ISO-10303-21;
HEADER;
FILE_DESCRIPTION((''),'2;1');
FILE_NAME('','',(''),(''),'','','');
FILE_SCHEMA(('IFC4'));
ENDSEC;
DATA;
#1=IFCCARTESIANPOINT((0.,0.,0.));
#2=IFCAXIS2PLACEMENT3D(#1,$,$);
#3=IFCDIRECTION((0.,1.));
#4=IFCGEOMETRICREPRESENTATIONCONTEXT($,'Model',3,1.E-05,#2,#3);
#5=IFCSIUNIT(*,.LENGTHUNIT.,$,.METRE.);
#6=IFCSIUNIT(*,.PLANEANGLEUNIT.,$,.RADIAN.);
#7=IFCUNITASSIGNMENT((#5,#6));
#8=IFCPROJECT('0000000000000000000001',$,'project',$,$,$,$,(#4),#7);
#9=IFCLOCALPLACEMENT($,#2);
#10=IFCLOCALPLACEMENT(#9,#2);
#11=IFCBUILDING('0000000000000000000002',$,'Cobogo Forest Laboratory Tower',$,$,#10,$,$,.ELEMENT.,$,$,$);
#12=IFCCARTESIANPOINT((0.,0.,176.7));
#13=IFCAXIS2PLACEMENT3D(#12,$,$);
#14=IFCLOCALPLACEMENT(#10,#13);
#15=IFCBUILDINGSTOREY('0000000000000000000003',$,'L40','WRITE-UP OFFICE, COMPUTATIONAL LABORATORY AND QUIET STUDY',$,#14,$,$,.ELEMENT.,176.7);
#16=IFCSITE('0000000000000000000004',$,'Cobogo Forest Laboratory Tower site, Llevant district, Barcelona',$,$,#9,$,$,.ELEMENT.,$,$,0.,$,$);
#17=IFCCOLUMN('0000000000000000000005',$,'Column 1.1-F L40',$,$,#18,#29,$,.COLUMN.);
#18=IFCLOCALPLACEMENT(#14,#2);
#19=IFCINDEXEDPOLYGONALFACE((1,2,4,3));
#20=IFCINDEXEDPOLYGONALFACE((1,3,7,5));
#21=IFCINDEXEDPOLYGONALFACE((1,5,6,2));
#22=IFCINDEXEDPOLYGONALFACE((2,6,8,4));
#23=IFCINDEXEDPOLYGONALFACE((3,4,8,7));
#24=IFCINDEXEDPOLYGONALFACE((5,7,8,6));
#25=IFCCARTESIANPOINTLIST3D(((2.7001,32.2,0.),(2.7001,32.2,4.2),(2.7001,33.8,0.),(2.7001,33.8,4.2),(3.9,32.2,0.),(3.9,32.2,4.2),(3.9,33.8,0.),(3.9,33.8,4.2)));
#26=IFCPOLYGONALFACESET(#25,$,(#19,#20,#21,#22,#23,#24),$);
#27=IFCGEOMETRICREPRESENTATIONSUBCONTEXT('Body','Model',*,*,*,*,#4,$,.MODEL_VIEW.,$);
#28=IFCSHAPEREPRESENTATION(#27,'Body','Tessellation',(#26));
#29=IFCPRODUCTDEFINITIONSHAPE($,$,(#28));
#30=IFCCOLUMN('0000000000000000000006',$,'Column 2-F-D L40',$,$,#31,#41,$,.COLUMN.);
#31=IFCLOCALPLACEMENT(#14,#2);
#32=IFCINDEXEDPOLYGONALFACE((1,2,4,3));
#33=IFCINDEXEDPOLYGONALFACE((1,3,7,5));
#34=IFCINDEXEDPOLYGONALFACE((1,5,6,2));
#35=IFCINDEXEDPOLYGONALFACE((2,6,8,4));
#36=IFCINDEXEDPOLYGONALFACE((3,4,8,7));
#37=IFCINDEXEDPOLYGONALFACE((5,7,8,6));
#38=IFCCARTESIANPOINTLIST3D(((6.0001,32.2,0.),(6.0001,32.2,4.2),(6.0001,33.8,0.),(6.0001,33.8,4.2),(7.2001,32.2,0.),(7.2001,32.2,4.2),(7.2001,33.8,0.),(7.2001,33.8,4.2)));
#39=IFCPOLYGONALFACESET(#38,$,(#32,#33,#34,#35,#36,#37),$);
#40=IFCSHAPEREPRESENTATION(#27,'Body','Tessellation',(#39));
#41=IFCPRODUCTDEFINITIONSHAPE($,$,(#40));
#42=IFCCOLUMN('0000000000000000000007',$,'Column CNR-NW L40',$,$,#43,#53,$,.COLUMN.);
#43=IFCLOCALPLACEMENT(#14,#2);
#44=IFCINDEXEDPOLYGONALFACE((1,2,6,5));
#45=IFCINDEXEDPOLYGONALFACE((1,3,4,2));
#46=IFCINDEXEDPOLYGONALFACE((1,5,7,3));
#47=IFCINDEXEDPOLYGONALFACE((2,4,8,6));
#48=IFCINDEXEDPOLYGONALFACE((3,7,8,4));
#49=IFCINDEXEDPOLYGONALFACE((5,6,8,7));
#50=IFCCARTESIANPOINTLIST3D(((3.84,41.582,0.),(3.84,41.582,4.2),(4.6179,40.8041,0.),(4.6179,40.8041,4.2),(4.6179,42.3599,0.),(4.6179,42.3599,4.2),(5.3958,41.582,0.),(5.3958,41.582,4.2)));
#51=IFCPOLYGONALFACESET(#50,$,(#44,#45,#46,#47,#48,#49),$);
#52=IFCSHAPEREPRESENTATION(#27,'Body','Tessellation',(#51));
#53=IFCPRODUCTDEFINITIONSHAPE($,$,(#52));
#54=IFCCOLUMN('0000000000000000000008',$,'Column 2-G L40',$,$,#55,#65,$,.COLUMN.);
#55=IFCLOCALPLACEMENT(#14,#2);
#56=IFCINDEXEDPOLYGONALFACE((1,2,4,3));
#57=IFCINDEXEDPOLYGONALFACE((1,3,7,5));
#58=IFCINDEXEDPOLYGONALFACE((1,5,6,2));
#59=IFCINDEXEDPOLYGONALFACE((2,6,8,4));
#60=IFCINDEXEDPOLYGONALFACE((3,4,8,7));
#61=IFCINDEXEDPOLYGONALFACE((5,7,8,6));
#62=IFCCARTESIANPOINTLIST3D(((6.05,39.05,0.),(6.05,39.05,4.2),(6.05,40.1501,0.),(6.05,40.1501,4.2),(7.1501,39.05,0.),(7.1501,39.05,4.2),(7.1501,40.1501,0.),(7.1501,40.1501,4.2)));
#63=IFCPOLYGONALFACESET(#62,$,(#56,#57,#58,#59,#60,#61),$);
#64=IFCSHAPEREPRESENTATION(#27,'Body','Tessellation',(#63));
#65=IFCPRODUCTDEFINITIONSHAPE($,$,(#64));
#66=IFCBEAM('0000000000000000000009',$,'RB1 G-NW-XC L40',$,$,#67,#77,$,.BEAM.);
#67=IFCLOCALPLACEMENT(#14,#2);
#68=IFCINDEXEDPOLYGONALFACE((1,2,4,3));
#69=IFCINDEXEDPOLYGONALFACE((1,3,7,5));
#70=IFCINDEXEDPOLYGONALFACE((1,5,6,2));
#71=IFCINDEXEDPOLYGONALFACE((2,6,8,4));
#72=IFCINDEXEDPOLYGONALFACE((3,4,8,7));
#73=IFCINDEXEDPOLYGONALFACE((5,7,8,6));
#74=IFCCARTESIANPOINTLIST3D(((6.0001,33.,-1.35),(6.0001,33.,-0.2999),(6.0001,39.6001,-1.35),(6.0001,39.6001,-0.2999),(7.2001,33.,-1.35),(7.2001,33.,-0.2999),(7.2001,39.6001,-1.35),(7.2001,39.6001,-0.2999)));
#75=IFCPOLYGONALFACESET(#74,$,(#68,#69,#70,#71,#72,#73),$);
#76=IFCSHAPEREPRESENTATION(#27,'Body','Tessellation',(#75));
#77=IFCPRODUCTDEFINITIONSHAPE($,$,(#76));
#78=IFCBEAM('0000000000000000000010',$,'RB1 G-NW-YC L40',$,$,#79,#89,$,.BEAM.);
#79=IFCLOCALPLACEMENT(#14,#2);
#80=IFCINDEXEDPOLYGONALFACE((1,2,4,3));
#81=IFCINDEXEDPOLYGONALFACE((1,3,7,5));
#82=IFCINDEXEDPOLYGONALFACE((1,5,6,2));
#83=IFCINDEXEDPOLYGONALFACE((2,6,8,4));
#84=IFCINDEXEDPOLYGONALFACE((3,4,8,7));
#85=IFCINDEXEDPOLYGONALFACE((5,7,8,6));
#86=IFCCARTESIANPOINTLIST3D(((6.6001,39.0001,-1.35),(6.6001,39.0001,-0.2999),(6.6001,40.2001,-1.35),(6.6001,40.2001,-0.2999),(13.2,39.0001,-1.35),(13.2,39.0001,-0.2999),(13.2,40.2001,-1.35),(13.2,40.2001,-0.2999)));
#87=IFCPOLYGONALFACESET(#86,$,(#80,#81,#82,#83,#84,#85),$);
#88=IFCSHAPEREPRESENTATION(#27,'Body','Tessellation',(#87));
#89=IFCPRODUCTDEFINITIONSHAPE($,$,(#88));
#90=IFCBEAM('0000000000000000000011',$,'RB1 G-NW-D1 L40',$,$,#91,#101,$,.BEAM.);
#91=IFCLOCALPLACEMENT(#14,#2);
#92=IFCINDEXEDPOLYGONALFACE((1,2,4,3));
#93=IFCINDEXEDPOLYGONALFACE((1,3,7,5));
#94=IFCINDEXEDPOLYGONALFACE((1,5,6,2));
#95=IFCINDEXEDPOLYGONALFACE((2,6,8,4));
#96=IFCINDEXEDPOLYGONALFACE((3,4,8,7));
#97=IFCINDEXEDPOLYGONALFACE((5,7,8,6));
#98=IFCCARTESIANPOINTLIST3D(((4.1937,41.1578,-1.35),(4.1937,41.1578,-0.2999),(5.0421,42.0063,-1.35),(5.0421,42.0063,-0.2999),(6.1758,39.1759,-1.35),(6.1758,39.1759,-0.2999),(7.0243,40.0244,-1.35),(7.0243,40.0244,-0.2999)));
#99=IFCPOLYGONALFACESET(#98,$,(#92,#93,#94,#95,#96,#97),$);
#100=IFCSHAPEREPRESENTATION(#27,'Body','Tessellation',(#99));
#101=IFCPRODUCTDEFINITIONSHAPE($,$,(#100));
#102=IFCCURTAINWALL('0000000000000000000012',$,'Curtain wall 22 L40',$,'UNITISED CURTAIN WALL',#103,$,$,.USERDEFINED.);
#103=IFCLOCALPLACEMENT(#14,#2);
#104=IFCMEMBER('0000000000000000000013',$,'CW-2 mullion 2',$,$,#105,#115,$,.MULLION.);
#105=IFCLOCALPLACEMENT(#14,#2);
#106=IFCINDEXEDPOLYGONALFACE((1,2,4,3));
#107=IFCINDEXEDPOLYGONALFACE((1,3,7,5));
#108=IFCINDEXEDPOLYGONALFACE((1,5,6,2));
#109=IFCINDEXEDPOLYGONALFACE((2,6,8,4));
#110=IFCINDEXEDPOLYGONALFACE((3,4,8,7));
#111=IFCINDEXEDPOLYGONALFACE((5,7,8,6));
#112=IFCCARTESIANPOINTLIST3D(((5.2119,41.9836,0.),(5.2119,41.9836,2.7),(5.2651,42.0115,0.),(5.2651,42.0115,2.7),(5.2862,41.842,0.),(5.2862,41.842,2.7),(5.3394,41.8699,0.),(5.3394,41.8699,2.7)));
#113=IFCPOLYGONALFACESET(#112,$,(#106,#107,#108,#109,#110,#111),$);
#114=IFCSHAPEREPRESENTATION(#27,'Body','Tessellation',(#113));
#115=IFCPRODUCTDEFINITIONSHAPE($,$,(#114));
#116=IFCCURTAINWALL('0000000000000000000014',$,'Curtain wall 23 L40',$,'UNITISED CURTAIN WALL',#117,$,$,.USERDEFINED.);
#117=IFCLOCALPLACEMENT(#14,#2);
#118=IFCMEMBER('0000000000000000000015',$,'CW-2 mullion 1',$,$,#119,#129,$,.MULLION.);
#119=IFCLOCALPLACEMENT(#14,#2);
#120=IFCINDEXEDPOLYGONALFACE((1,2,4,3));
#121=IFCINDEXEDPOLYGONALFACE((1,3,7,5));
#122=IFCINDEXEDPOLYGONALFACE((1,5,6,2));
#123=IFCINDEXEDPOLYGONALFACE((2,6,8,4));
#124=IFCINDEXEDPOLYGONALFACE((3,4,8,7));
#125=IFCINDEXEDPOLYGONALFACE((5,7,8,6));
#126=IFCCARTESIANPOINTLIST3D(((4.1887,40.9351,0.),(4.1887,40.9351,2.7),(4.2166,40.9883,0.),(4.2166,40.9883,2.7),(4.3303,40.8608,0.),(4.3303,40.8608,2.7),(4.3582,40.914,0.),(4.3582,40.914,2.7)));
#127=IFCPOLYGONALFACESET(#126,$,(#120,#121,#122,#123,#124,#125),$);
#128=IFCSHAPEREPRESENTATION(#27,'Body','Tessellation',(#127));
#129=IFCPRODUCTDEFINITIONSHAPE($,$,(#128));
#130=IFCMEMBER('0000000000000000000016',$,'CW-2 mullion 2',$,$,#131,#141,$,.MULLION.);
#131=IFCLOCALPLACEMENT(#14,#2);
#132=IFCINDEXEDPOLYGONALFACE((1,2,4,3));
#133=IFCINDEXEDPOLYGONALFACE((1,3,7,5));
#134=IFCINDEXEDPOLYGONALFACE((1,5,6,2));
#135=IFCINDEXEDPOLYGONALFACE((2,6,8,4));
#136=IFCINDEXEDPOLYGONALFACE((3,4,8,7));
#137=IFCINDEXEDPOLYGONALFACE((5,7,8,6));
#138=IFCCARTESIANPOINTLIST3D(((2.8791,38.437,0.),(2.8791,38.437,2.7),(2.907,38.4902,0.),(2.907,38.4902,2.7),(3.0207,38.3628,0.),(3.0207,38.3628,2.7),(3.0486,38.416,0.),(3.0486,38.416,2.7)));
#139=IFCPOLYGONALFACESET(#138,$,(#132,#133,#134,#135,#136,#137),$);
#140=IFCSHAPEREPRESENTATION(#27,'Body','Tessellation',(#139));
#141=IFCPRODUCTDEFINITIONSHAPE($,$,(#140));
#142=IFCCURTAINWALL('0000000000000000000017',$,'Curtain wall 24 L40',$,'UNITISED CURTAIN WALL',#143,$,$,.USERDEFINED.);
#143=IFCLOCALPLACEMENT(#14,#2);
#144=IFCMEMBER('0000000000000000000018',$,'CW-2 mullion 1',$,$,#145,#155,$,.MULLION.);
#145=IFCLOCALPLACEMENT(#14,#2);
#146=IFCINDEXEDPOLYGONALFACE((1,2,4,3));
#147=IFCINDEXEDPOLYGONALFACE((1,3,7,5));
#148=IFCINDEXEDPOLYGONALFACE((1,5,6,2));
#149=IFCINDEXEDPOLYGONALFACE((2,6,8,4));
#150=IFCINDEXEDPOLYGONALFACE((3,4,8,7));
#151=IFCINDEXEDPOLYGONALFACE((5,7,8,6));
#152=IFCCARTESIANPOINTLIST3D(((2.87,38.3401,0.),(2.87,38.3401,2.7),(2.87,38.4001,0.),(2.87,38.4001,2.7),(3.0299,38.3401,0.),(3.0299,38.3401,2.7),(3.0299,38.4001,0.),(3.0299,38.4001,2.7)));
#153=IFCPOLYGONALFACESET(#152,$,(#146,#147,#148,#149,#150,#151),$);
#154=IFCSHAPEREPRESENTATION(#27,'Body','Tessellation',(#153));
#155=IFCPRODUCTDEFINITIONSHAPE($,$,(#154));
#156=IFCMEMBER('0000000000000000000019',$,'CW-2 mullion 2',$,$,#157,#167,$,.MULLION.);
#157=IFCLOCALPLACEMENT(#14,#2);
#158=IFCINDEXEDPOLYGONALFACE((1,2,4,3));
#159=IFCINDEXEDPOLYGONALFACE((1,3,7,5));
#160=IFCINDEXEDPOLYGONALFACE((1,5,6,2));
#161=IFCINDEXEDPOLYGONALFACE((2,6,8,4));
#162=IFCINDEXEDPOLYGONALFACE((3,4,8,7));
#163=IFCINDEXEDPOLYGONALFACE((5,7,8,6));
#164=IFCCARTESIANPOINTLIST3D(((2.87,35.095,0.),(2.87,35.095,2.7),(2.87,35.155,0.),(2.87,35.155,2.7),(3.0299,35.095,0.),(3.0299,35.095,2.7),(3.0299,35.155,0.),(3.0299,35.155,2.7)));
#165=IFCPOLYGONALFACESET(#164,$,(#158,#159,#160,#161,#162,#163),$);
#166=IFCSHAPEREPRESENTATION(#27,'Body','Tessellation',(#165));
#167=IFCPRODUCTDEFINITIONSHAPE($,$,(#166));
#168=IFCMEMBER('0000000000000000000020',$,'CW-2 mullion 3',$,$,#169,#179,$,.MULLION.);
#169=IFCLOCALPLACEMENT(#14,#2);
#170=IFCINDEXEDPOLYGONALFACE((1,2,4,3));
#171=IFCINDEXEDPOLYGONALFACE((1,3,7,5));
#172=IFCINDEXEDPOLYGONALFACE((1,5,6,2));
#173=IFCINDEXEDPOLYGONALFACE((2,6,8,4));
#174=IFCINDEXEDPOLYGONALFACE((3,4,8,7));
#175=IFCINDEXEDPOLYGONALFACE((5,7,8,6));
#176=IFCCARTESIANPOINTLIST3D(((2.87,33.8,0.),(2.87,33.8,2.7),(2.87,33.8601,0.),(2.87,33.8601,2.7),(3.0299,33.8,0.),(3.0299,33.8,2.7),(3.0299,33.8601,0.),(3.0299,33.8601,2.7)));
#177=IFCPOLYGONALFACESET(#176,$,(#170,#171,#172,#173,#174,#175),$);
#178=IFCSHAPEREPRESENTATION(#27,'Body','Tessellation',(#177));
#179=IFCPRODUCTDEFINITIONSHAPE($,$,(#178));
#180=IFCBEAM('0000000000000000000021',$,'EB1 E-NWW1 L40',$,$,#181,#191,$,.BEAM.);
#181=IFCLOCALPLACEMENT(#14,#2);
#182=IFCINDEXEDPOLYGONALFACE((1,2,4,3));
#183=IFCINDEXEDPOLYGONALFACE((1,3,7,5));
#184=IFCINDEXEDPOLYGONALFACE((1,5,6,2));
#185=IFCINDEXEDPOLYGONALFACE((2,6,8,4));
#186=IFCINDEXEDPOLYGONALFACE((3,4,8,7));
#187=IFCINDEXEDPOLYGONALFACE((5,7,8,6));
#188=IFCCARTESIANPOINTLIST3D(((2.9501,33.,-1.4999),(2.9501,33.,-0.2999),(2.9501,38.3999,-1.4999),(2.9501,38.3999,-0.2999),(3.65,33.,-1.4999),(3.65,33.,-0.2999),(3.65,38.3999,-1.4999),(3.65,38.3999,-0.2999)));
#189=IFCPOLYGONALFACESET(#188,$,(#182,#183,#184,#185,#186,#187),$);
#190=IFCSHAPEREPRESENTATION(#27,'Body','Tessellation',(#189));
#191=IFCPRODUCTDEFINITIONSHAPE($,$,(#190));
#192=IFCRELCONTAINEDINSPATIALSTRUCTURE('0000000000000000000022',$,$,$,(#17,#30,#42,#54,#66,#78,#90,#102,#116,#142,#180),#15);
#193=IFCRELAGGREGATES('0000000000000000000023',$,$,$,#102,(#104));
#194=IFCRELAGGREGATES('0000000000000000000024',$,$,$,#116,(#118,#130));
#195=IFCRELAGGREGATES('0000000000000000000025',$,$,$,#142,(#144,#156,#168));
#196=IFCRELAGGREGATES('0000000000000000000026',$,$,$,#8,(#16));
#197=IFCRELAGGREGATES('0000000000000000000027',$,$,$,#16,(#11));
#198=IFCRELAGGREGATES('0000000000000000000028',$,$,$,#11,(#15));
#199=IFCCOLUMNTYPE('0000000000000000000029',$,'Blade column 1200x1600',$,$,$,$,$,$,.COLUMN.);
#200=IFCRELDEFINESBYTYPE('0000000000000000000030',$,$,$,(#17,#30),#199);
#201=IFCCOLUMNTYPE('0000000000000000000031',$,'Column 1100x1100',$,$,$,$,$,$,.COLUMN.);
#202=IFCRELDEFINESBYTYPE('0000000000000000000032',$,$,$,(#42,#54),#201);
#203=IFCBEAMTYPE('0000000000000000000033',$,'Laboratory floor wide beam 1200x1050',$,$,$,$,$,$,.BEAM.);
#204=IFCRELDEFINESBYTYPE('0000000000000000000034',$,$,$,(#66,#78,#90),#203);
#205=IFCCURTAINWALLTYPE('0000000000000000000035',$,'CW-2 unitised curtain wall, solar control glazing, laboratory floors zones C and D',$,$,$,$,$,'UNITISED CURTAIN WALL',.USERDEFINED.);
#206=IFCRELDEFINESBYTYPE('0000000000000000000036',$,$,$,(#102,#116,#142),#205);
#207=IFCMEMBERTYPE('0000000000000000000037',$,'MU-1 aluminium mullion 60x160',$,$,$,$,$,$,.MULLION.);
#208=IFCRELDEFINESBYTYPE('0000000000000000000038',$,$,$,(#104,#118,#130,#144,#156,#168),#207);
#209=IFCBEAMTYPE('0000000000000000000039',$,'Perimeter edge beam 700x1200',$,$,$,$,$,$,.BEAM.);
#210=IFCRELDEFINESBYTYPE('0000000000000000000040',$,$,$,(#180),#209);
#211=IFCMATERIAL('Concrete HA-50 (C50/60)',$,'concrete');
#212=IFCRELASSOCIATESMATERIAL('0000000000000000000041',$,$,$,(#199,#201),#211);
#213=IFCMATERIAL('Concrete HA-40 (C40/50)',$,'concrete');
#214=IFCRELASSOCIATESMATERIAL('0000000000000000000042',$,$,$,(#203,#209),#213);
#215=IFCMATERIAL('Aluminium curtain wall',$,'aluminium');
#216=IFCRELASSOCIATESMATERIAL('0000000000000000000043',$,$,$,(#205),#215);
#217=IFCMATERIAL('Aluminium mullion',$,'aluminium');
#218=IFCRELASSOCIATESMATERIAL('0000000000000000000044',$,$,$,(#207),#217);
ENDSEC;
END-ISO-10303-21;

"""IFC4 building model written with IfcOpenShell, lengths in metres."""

from ifc_helpers import new_model, si_unit, direction, frame, origin, origin_2d, place, context, subcontext, project, spatial, rectangle, extrude, material, material_profile, profile_set, type_object, element, aggregate, save


model = new_model("IFC4")

# Units and contexts
model_context = context("Model", 3, precision=1e-05, world=origin(), true_north=direction((0.0, 1.0)))
body_context = subcontext(model_context, "Body", "Model", "MODEL_VIEW")
ifc_project = project(units=[si_unit("LENGTHUNIT", "METRE"), si_unit("PLANEANGLEUNIT", "RADIAN")], contexts=[model_context])

# Site, building, storey
site_placement = place(None, origin())
site = spatial("IfcSite", under=ifc_project, at=site_placement, Name="Cobogo Forest Laboratory Tower site, Llevant district, Barcelona", CompositionType="ELEMENT", RefElevation=0.0)
building_placement = place(site_placement, origin())
building = spatial("IfcBuilding", under=site, at=building_placement, Name="Cobogo Forest Laboratory Tower", CompositionType="ELEMENT")
storey_placement = place(building_placement, frame((0.0, 0.0, 176.7)))
storey = spatial("IfcBuildingStorey", under=building, at=storey_placement, Name="L40", Description="WRITE-UP OFFICE, COMPUTATIONAL LABORATORY AND QUIET STUDY", CompositionType="ELEMENT", Elevation=176.7)

# Columns
ifc_material_1 = material(Name="Concrete HA-50 (C50/60)", Category="concrete")
ifc_material_profile_1 = material_profile(ifc_material_1, rectangle(XDim=1.6001, YDim=1.2, at=origin_2d()), Name="RC 1200x1600")
ifc_profile_set_1 = profile_set([ifc_material_profile_1], Name="Concrete HA-50 (C50/60)")
column_type_1 = type_object("IfcColumnType", Name="Blade column 1200x1600", PredefinedType="COLUMN", material=ifc_profile_set_1)
for number, where, z_axis, x_axis, name in (
    (1, (3.3, 33.0, 0.0), (0.0, 0.0, 1.0), (0.0, 1.0, 0.0), "Column 1.1-F L40"),
    (2, (6.6001, 33.0, 0.0), (0.0, 0.0, 1.0), (0.0, 1.0, 0.0), "Column 2-F-D L40"),
):
    element("IfcColumn", number, at=place(storey_placement, frame(where, z_axis=z_axis, x_axis=x_axis)), inside=storey, type_object=column_type_1, Name=name, PredefinedType="COLUMN", context=body_context, shape_type="SweptSolid", body=[
        extrude(rectangle(XDim=1.6001, YDim=1.2, at=origin_2d()), origin(), (0.0, 0.0, 1.0), 4.2),
    ])
ifc_material_profile_2 = material_profile(ifc_material_1, rectangle(XDim=1.1001, YDim=1.1001, at=origin_2d()), Name="RC 1100x1100")
ifc_profile_set_2 = profile_set([ifc_material_profile_2], Name="Concrete HA-50 (C50/60)")
column_type_2 = type_object("IfcColumnType", Name="Column 1100x1100", PredefinedType="COLUMN", material=ifc_profile_set_2)
for number, where, z_axis, x_axis, name in (
    (3, (4.6179, 41.582, 0.0), (0.0, 0.0, 1.0), (0.707107, 0.707107, 0.0), "Column CNR-NW L40"),
    (4, (6.6001, 39.6001, 0.0), (0.0, 0.0, 1.0), (1.0, 0.0, 0.0), "Column 2-G L40"),
):
    element("IfcColumn", number, at=place(storey_placement, frame(where, z_axis=z_axis, x_axis=x_axis)), inside=storey, type_object=column_type_2, Name=name, PredefinedType="COLUMN", context=body_context, shape_type="SweptSolid", body=[
        extrude(rectangle(XDim=1.1001, YDim=1.1001, at=origin_2d()), origin(), (0.0, 0.0, 1.0), 4.2),
    ])

# Beams
ifc_material_2 = material(Name="Concrete HA-40 (C40/50)", Category="concrete")
ifc_material_profile_3 = material_profile(ifc_material_2, rectangle(XDim=1.2, YDim=1.05, at=origin_2d()), Name="RC 1200x1050")
ifc_profile_set_3 = profile_set([ifc_material_profile_3], Name="Concrete HA-40 (C40/50)")
beam_type_1 = type_object("IfcBeamType", Name="Laboratory floor wide beam 1200x1050", PredefinedType="BEAM", material=ifc_profile_set_3)
beam_1_placement = place(storey_placement, frame((6.6001, 39.6001, -0.825), z_axis=(0.0, -1.0, 0.0), x_axis=(1.0, 0.0, 0.0)))
element("IfcBeam", 5, at=beam_1_placement, inside=storey, type_object=beam_type_1, Name="RB1 G-NW-XC L40", PredefinedType="BEAM", context=body_context, shape_type="SweptSolid", body=[
    extrude(rectangle(XDim=1.2, YDim=1.05, at=origin_2d()), origin(), (0.0, 0.0, 1.0), 6.6001),
])
beam_2_placement = place(storey_placement, frame((6.6001, 39.6001, -0.825), z_axis=(1.0, 0.0, 0.0), x_axis=(0.0, 1.0, 0.0)))
element("IfcBeam", 6, at=beam_2_placement, inside=storey, type_object=beam_type_1, Name="RB1 G-NW-YC L40", PredefinedType="BEAM", context=body_context, shape_type="SweptSolid", body=[
    extrude(rectangle(XDim=1.2, YDim=1.05, at=origin_2d()), origin(), (0.0, 0.0, 1.0), 6.5999),
])
beam_3_placement = place(storey_placement, frame((4.6179, 41.582, -0.825), z_axis=(0.70715, -0.707063, 0.0), x_axis=(0.707063, 0.70715, 0.0)))
element("IfcBeam", 7, at=beam_3_placement, inside=storey, type_object=beam_type_1, Name="RB1 G-NW-D1 L40", PredefinedType="BEAM", context=body_context, shape_type="SweptSolid", body=[
    extrude(rectangle(XDim=1.2, YDim=1.05, at=origin_2d()), origin(), (0.0, 0.0, 1.0), 2.803),
])

# Curtain wall, member
ifc_material_3 = material(Name="Aluminium curtain wall", Category="aluminium")
curtain_wall_type = type_object("IfcCurtainWallType", Name="CW-2 unitised curtain wall, solar control glazing, laboratory floors zones C and D", ElementType="UNITISED CURTAIN WALL", PredefinedType="USERDEFINED", material=ifc_material_3)
curtain_wall_1_placement = place(storey_placement, origin())
curtain_wall_1 = element("IfcCurtainWall", 8, at=curtain_wall_1_placement, inside=storey, type_object=curtain_wall_type, Name="Curtain wall 22 L40", ObjectType="UNITISED CURTAIN WALL", PredefinedType="USERDEFINED")
ifc_material_4 = material(Name="Aluminium mullion", Category="aluminium")
ifc_material_profile_4 = material_profile(ifc_material_4, rectangle(XDim=0.0601, YDim=0.1599, at=origin_2d()), Name="AL 60x160")
ifc_profile_set_4 = profile_set([ifc_material_profile_4], Name="Aluminium mullion")
member_type_1 = type_object("IfcMemberType", Name="MU-1 aluminium mullion 60x160", PredefinedType="MULLION", material=ifc_profile_set_4)
member_1_placement = place(storey_placement, frame((5.2756, 41.9268, 0.0), z_axis=(0.0, 0.0, 1.0), x_axis=(-0.885686, -0.464284, 0.0)))
member_1 = element("IfcMember", 9, at=member_1_placement, type_object=member_type_1, Name="CW-2 mullion 2", PredefinedType="MULLION", context=body_context, shape_type="SweptSolid", body=[
    extrude(rectangle(XDim=0.0601, YDim=0.1599, at=origin_2d()), origin(), (0.0, 0.0, 1.0), 2.7),
])

# Curtain walls, members
curtain_wall_2_placement = place(storey_placement, origin())
curtain_wall_2 = element("IfcCurtainWall", 10, at=curtain_wall_2_placement, inside=storey, type_object=curtain_wall_type, Name="Curtain wall 23 L40", ObjectType="UNITISED CURTAIN WALL", PredefinedType="USERDEFINED")
member_2_placement = place(storey_placement, frame((4.2734, 40.9246, 0.0), z_axis=(0.0, 0.0, 1.0), x_axis=(-0.464284, -0.885686, 0.0)))
member_2 = element("IfcMember", 11, at=member_2_placement, type_object=member_type_1, Name="CW-2 mullion 1", PredefinedType="MULLION", context=body_context, shape_type="SweptSolid", body=[
    extrude(rectangle(XDim=0.0601, YDim=0.1599, at=origin_2d()), origin(), (0.0, 0.0, 1.0), 2.7),
])
member_3_placement = place(storey_placement, frame((2.9639, 38.4265, 0.0), z_axis=(0.0, 0.0, 1.0), x_axis=(-0.464284, -0.885686, 0.0)))
member_3 = element("IfcMember", 12, at=member_3_placement, type_object=member_type_1, Name="CW-2 mullion 2", PredefinedType="MULLION", context=body_context, shape_type="SweptSolid", body=[
    extrude(rectangle(XDim=0.0601, YDim=0.1599, at=origin_2d()), origin(), (0.0, 0.0, 1.0), 2.7),
])
curtain_wall_3_placement = place(storey_placement, origin())
curtain_wall_3 = element("IfcCurtainWall", 13, at=curtain_wall_3_placement, inside=storey, type_object=curtain_wall_type, Name="Curtain wall 24 L40", ObjectType="UNITISED CURTAIN WALL", PredefinedType="USERDEFINED")
member_4_placement = place(storey_placement, frame((2.95, 38.3701, 0.0), z_axis=(0.0, 0.0, 1.0), x_axis=(0.0, -1.0, 0.0)))
member_4 = element("IfcMember", 14, at=member_4_placement, type_object=member_type_1, Name="CW-2 mullion 1", PredefinedType="MULLION", context=body_context, shape_type="SweptSolid", body=[
    extrude(rectangle(XDim=0.0601, YDim=0.1599, at=origin_2d()), origin(), (0.0, 0.0, 1.0), 2.7),
])
member_5_placement = place(storey_placement, frame((2.95, 35.125, 0.0), z_axis=(0.0, 0.0, 1.0), x_axis=(0.0, -1.0, 0.0)))
member_5 = element("IfcMember", 15, at=member_5_placement, type_object=member_type_1, Name="CW-2 mullion 2", PredefinedType="MULLION", context=body_context, shape_type="SweptSolid", body=[
    extrude(rectangle(XDim=0.0601, YDim=0.1599, at=origin_2d()), origin(), (0.0, 0.0, 1.0), 2.7),
])
member_6_placement = place(storey_placement, frame((2.95, 33.8301, 0.0), z_axis=(0.0, 0.0, 1.0), x_axis=(0.0, -1.0, 0.0)))
member_6 = element("IfcMember", 16, at=member_6_placement, type_object=member_type_1, Name="CW-2 mullion 3", PredefinedType="MULLION", context=body_context, shape_type="SweptSolid", body=[
    extrude(rectangle(XDim=0.0601, YDim=0.1599, at=origin_2d()), origin(), (0.0, 0.0, 1.0), 2.7),
])

# Beam
ifc_material_profile_5 = material_profile(ifc_material_2, rectangle(XDim=0.7, YDim=1.2, at=origin_2d()), Name="RC 700x1200")
ifc_profile_set_5 = profile_set([ifc_material_profile_5], Name="Concrete HA-40 (C40/50)")
beam_type_2 = type_object("IfcBeamType", Name="Perimeter edge beam 700x1200", PredefinedType="BEAM", material=ifc_profile_set_5)
beam_4_placement = place(storey_placement, frame((3.3, 33.0, -0.8999), z_axis=(0.0, 1.0, 0.0), x_axis=(-1.0, 0.0, 0.0)))
element("IfcBeam", 17, at=beam_4_placement, inside=storey, type_object=beam_type_2, Name="EB1 E-NWW1 L40", PredefinedType="BEAM", context=body_context, shape_type="SweptSolid", body=[
    extrude(rectangle(XDim=0.7, YDim=1.2, at=origin_2d()), origin(), (0.0, 0.0, 1.0), 5.3999),
])

aggregate(curtain_wall_1, [member_1])
aggregate(curtain_wall_2, [member_2, member_3])
aggregate(curtain_wall_3, [member_4, member_5, member_6])

save(model, "model.ifc")
